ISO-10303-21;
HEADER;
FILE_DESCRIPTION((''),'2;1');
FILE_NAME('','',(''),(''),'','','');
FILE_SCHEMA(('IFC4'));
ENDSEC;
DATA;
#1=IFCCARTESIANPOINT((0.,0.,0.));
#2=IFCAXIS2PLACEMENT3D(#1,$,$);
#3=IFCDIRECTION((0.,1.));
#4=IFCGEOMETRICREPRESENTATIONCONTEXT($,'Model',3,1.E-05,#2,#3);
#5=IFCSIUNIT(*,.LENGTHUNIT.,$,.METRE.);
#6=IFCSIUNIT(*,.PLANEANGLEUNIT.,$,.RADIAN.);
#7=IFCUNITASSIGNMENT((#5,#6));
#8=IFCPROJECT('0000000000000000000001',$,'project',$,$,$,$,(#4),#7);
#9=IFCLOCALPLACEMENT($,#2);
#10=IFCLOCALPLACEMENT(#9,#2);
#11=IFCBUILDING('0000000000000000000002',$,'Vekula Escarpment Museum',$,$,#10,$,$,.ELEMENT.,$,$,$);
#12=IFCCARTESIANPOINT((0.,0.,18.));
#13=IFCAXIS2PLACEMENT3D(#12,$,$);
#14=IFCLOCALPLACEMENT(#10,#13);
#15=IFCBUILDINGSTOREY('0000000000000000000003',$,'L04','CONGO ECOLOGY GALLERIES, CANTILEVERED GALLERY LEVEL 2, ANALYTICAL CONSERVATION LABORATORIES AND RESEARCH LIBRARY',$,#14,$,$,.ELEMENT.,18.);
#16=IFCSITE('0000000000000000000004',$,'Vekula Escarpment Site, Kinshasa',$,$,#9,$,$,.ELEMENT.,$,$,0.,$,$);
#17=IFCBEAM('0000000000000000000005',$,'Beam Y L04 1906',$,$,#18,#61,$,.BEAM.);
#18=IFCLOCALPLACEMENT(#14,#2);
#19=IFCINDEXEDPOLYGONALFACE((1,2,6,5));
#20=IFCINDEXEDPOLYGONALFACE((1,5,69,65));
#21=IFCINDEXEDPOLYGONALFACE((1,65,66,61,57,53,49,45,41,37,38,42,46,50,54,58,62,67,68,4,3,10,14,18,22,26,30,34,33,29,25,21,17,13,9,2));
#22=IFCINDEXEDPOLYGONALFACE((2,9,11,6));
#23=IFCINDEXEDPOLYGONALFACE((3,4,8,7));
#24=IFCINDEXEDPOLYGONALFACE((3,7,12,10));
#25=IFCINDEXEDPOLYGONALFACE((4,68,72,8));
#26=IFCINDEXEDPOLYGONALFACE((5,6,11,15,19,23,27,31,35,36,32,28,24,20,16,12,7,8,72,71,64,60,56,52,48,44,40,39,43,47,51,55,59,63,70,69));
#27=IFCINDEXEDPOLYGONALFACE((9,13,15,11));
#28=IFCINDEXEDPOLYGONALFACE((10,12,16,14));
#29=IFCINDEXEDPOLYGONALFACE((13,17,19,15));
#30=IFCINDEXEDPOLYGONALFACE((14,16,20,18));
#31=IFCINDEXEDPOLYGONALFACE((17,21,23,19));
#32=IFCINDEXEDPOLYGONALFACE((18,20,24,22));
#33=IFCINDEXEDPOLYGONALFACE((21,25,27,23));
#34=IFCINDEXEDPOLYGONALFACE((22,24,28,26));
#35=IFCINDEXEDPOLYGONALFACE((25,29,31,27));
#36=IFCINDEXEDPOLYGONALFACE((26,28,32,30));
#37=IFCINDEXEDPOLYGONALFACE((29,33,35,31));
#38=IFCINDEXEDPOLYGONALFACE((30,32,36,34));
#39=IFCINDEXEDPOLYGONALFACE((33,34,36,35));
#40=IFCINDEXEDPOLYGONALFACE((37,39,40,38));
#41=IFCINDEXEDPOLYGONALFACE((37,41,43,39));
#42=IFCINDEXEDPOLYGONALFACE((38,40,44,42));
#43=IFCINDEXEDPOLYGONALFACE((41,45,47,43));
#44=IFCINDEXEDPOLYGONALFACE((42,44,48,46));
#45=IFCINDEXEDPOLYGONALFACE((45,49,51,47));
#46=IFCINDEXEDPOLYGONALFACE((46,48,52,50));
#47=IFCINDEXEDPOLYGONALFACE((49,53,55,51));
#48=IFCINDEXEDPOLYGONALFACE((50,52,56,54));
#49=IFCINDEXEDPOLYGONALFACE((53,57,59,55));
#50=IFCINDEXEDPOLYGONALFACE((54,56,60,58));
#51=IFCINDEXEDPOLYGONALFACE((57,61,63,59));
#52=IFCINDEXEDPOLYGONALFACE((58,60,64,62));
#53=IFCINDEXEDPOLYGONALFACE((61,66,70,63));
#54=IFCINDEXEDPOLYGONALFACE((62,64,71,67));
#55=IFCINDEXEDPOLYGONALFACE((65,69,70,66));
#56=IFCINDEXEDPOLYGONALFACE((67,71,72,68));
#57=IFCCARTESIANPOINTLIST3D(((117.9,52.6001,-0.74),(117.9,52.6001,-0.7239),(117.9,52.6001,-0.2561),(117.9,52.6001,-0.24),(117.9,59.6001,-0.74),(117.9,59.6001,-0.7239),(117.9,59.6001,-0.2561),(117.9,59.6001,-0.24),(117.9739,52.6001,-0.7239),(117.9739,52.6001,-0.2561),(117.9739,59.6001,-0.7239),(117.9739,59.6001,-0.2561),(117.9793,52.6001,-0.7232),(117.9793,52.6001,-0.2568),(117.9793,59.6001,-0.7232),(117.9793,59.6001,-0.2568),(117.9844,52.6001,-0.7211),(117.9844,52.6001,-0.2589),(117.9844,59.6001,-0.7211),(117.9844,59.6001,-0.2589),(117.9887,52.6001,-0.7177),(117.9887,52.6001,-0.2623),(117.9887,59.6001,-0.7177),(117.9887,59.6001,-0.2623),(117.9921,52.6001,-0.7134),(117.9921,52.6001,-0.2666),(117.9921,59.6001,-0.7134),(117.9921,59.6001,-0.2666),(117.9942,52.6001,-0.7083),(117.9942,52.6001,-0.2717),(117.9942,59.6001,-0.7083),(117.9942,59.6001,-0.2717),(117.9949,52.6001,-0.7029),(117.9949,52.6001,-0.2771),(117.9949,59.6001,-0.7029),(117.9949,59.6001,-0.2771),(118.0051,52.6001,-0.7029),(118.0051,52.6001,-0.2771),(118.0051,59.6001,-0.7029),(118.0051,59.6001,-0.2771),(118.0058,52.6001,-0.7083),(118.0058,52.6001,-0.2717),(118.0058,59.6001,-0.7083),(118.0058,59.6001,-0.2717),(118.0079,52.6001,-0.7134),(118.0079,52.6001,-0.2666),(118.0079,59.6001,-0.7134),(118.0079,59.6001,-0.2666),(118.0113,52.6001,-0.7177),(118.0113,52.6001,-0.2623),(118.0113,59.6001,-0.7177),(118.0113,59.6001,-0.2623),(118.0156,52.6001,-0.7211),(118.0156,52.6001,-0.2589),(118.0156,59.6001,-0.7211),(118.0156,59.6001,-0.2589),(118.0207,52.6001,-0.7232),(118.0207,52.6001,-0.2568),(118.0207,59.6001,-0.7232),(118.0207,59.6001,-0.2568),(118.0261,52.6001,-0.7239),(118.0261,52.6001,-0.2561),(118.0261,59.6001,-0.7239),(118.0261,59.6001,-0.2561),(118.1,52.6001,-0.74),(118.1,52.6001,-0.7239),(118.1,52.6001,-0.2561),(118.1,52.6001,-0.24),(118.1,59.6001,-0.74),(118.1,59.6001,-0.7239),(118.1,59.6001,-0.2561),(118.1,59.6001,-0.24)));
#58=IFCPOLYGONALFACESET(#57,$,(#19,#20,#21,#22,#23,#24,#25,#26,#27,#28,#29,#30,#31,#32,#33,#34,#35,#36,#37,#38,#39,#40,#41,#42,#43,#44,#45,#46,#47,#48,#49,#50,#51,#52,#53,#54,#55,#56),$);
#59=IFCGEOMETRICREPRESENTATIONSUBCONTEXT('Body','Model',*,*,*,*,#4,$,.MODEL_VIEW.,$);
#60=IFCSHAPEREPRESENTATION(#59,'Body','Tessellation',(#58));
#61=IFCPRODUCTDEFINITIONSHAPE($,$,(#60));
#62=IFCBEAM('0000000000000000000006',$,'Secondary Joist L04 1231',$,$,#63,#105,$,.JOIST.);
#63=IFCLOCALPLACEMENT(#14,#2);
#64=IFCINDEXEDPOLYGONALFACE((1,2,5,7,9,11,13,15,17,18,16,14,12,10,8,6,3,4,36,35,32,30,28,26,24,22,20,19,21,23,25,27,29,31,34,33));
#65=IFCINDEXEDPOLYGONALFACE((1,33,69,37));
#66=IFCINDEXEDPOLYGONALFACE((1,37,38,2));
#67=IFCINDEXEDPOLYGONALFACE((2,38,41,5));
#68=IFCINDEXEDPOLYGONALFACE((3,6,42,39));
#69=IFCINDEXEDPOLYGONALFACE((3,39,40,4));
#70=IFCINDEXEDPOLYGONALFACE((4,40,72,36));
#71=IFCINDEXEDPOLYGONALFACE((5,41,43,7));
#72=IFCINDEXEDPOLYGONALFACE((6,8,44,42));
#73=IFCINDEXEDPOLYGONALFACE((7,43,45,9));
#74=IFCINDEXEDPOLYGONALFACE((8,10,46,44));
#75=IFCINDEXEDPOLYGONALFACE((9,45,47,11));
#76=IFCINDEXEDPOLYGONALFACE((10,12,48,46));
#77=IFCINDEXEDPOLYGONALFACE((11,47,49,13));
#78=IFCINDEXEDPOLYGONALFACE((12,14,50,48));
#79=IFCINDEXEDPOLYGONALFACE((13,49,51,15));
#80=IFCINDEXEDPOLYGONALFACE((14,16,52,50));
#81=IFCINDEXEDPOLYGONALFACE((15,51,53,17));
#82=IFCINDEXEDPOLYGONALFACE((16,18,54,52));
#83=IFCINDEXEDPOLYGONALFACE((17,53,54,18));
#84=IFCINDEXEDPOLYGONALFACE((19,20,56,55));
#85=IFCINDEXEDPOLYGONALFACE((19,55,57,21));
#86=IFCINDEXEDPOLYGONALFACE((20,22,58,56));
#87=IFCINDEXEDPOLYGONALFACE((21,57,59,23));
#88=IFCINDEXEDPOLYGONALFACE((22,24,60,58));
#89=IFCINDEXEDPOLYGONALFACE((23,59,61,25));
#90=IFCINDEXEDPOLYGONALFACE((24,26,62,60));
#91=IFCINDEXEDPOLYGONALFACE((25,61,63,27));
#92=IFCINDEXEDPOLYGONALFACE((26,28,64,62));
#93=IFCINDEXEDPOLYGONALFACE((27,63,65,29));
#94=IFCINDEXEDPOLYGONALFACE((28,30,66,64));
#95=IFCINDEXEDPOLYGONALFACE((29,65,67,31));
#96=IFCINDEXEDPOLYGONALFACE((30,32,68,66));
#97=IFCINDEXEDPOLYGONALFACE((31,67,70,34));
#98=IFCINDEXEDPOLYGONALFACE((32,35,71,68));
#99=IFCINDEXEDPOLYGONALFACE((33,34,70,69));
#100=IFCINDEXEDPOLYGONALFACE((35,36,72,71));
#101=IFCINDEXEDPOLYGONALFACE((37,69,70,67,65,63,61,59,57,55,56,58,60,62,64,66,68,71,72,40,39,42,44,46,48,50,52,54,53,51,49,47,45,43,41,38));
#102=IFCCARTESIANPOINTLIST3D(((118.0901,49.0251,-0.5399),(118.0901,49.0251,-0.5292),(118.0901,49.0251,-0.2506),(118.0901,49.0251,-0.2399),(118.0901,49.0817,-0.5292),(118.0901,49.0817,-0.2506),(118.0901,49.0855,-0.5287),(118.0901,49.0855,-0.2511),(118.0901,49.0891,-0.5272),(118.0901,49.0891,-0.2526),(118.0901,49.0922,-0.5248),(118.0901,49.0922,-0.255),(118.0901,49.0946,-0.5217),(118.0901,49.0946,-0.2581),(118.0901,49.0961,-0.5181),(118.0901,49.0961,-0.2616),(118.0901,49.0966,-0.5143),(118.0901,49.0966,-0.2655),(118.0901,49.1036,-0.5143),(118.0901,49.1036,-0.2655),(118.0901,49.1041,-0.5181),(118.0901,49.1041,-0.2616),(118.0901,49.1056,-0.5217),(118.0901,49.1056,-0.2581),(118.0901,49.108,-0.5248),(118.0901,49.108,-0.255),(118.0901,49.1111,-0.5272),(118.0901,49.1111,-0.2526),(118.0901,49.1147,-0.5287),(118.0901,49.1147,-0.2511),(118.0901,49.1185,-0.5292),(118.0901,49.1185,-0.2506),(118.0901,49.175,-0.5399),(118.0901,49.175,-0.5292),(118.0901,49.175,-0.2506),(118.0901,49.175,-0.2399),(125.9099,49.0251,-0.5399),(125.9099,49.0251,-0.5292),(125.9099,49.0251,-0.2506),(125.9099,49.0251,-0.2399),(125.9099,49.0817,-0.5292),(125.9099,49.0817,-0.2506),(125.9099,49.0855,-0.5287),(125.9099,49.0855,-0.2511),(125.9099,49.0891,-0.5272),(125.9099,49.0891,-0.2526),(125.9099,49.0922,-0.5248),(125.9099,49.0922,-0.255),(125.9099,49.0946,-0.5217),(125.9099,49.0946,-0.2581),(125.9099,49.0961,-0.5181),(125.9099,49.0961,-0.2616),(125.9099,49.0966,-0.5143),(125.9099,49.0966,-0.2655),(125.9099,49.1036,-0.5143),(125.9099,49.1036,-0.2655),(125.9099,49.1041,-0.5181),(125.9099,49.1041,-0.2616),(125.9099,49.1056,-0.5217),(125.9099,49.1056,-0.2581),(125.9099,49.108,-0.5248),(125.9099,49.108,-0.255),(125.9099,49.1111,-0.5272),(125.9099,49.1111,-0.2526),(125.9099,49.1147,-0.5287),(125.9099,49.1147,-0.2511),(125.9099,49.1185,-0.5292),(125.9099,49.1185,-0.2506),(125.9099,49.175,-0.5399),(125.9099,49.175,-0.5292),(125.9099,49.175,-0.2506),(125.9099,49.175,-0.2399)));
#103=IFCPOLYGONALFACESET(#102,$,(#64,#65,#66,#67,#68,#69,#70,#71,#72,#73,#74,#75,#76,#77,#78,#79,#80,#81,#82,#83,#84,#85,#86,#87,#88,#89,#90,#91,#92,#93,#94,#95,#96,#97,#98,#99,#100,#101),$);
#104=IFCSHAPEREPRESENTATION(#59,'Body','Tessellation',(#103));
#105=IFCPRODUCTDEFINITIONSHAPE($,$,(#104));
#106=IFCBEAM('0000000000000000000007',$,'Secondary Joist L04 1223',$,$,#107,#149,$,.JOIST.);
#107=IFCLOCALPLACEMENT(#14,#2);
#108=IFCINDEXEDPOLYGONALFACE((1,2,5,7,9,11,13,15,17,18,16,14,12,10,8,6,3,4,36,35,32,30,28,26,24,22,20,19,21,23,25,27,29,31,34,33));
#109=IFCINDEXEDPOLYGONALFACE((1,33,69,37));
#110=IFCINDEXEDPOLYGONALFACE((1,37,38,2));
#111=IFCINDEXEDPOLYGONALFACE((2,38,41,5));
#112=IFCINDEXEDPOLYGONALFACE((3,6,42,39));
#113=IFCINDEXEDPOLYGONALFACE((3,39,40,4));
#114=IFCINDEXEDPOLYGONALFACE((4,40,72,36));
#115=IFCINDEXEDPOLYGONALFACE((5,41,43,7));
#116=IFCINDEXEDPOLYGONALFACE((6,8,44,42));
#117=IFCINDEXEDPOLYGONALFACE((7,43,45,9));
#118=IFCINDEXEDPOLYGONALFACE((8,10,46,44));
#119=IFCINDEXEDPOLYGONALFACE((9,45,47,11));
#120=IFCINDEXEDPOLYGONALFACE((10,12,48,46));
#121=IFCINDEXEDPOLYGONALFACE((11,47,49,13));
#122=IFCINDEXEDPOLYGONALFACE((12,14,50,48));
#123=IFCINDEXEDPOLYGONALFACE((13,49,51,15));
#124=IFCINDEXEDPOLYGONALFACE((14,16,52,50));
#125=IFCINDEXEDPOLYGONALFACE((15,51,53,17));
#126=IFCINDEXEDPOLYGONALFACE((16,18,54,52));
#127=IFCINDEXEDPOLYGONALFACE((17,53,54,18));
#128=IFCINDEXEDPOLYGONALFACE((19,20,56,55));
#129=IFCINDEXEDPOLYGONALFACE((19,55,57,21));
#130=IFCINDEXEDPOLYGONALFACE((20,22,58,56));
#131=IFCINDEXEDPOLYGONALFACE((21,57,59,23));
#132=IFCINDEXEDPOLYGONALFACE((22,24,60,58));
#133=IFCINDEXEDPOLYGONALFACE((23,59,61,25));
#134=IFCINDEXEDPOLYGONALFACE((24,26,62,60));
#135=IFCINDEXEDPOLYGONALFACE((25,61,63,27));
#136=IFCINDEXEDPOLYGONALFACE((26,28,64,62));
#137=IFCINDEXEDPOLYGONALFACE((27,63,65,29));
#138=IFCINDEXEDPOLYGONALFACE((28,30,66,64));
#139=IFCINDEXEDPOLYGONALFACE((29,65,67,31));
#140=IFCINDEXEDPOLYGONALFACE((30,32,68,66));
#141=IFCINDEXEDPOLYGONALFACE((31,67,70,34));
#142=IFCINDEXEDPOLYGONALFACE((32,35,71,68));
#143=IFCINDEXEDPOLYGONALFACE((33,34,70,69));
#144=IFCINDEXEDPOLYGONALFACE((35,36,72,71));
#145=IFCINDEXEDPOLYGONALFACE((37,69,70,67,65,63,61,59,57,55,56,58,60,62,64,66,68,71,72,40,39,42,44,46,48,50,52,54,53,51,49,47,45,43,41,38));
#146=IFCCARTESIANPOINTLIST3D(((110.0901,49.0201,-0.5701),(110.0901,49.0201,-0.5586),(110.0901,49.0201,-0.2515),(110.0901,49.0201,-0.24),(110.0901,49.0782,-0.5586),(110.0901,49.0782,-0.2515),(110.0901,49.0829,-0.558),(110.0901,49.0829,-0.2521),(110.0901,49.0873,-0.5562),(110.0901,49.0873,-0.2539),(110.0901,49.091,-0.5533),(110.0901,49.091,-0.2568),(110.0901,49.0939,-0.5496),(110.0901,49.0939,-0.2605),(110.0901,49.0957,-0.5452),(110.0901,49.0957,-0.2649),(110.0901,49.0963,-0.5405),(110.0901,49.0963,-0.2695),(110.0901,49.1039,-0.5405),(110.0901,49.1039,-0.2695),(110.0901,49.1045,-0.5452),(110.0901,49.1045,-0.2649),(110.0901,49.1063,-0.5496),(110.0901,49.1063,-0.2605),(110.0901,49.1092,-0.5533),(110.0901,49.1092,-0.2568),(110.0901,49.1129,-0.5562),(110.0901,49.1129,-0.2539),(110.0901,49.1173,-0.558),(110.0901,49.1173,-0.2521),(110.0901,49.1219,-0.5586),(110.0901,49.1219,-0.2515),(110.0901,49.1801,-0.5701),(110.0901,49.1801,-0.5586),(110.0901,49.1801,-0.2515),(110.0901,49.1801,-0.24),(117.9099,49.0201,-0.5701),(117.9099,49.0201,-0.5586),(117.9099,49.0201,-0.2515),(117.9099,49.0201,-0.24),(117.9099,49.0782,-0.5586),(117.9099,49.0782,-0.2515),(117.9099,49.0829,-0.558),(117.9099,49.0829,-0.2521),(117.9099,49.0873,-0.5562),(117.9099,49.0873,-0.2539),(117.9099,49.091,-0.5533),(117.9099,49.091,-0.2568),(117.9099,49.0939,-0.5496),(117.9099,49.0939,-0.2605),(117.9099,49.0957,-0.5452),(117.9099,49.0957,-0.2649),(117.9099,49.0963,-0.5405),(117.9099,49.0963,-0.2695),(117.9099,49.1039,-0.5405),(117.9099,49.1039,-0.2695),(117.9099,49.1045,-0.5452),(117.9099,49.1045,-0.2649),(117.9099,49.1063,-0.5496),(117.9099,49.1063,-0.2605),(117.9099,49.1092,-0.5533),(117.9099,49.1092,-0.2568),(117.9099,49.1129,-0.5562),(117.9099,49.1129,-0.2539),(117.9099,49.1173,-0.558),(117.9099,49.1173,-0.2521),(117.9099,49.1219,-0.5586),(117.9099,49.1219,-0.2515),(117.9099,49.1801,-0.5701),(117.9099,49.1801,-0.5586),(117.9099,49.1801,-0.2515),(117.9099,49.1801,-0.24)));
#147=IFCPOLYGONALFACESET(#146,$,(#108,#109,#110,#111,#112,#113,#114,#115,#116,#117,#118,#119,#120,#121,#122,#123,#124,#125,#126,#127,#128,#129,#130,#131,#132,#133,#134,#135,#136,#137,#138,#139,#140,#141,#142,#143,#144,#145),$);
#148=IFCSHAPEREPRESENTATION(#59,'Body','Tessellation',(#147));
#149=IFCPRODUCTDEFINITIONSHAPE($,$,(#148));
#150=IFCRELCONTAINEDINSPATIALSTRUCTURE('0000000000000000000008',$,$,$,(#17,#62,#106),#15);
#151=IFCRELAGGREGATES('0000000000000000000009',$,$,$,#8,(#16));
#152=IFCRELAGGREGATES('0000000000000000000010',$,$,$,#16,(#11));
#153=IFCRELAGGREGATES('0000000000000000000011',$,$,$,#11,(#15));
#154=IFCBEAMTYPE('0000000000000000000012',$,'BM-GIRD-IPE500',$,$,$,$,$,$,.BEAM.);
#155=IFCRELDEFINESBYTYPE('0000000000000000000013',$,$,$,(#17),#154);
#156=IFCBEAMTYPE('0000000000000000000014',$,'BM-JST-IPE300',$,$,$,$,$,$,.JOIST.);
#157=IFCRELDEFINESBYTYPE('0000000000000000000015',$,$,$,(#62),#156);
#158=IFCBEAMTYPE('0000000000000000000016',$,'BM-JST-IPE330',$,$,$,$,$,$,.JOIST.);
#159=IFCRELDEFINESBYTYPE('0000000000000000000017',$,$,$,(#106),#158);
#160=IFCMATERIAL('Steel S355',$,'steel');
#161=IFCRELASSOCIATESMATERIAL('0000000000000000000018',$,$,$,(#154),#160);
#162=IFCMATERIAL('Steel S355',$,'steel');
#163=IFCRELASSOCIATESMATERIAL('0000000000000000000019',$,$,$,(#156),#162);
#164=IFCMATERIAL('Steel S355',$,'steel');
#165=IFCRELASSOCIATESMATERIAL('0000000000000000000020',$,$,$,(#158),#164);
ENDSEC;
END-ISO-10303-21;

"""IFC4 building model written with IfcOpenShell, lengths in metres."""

from ifc_helpers import new_model, si_unit, direction, frame, origin, origin_2d, place, context, subcontext, project, spatial, i_section, extrude, material, material_profile, profile_set, type_object, element, save


model = new_model("IFC4")

# Units and contexts
model_context = context("Model", 3, precision=1e-05, world=origin(), true_north=direction((0.0, 1.0)))
body_context = subcontext(model_context, "Body", "Model", "MODEL_VIEW")
ifc_project = project(units=[si_unit("LENGTHUNIT", "METRE"), si_unit("PLANEANGLEUNIT", "RADIAN")], contexts=[model_context])

# Site, building, storey
site_placement = place(None, origin())
site = spatial("IfcSite", under=ifc_project, at=site_placement, Name="Vekula Escarpment Site, Kinshasa", CompositionType="ELEMENT", RefElevation=0.0)
building_placement = place(site_placement, origin())
building = spatial("IfcBuilding", under=site, at=building_placement, Name="Vekula Escarpment Museum", CompositionType="ELEMENT")
storey_placement = place(building_placement, frame((0.0, 0.0, 18.0)))
storey = spatial("IfcBuildingStorey", under=building, at=storey_placement, Name="L04", Description="CONGO ECOLOGY GALLERIES, CANTILEVERED GALLERY LEVEL 2, ANALYTICAL CONSERVATION LABORATORIES AND RESEARCH LIBRARY", CompositionType="ELEMENT", Elevation=18.0)

# Beams
ifc_material_1 = material(Name="Steel S355", Category="steel")
ifc_material_profile_1 = material_profile(ifc_material_1, i_section(OverallWidth=0.2, OverallDepth=0.5, WebThickness=0.0103, FlangeThickness=0.0161, FilletRadius=0.021, at=origin_2d()), Name="IPE 500")
ifc_profile_set_1 = profile_set([ifc_material_profile_1], Name="Steel S355")
beam_type_1 = type_object("IfcBeamType", Name="BM-GIRD-IPE500", PredefinedType="BEAM", material=ifc_profile_set_1)
for number, where, z_axis, x_axis, name in (
    (1, (118.0, 52.6001, -0.49), (0.0, 1.0, 0.0), (-1.0, 0.0, 0.0), "Beam Y L04 1906"),
):
    element("IfcBeam", number, at=place(storey_placement, frame(where, z_axis=z_axis, x_axis=x_axis)), inside=storey, type_object=beam_type_1, Name=name, PredefinedType="BEAM", context=body_context, shape_type="SweptSolid", body=[
        extrude(i_section(OverallWidth=0.2, OverallDepth=0.5, WebThickness=0.0103, FlangeThickness=0.0161, FilletRadius=0.021, at=origin_2d()), origin(), (0.0, 0.0, 1.0), 7.0),
    ])
ifc_material_2 = material(Name="Steel S355", Category="steel")
ifc_material_profile_2 = material_profile(ifc_material_2, i_section(OverallWidth=0.1499, OverallDepth=0.3, WebThickness=0.0071, FlangeThickness=0.0107, FilletRadius=0.0149, at=origin_2d()), Name="IPE 300")
ifc_profile_set_2 = profile_set([ifc_material_profile_2], Name="Steel S355")
beam_type_2 = type_object("IfcBeamType", Name="BM-JST-IPE300", PredefinedType="JOIST", material=ifc_profile_set_2)
beam_1_placement = place(storey_placement, frame((118.0901, 49.1001, -0.3899), z_axis=(1.0, 0.0, 0.0), x_axis=(0.0, 1.0, 0.0)))
element("IfcBeam", 2, at=beam_1_placement, inside=storey, type_object=beam_type_2, Name="Secondary Joist L04 1231", PredefinedType="JOIST", context=body_context, shape_type="SweptSolid", body=[
    extrude(i_section(OverallWidth=0.1499, OverallDepth=0.3, WebThickness=0.0071, FlangeThickness=0.0107, FilletRadius=0.0149, at=origin_2d()), origin(), (0.0, 0.0, 1.0), 7.8198),
])
ifc_material_3 = material(Name="Steel S355", Category="steel")
ifc_material_profile_3 = material_profile(ifc_material_3, i_section(OverallWidth=0.1599, OverallDepth=0.3301, WebThickness=0.0076, FlangeThickness=0.0115, FilletRadius=0.0181, at=origin_2d()), Name="IPE 330")
ifc_profile_set_3 = profile_set([ifc_material_profile_3], Name="Steel S355")
beam_type_3 = type_object("IfcBeamType", Name="BM-JST-IPE330", PredefinedType="JOIST", material=ifc_profile_set_3)
beam_2_placement = place(storey_placement, frame((110.0901, 49.1001, -0.405), z_axis=(1.0, 0.0, 0.0), x_axis=(0.0, 1.0, 0.0)))
element("IfcBeam", 3, at=beam_2_placement, inside=storey, type_object=beam_type_3, Name="Secondary Joist L04 1223", PredefinedType="JOIST", context=body_context, shape_type="SweptSolid", body=[
    extrude(i_section(OverallWidth=0.1599, OverallDepth=0.3301, WebThickness=0.0076, FlangeThickness=0.0115, FilletRadius=0.0181, at=origin_2d()), origin(), (0.0, 0.0, 1.0), 7.8198),
])

save(model, "model.ifc")
